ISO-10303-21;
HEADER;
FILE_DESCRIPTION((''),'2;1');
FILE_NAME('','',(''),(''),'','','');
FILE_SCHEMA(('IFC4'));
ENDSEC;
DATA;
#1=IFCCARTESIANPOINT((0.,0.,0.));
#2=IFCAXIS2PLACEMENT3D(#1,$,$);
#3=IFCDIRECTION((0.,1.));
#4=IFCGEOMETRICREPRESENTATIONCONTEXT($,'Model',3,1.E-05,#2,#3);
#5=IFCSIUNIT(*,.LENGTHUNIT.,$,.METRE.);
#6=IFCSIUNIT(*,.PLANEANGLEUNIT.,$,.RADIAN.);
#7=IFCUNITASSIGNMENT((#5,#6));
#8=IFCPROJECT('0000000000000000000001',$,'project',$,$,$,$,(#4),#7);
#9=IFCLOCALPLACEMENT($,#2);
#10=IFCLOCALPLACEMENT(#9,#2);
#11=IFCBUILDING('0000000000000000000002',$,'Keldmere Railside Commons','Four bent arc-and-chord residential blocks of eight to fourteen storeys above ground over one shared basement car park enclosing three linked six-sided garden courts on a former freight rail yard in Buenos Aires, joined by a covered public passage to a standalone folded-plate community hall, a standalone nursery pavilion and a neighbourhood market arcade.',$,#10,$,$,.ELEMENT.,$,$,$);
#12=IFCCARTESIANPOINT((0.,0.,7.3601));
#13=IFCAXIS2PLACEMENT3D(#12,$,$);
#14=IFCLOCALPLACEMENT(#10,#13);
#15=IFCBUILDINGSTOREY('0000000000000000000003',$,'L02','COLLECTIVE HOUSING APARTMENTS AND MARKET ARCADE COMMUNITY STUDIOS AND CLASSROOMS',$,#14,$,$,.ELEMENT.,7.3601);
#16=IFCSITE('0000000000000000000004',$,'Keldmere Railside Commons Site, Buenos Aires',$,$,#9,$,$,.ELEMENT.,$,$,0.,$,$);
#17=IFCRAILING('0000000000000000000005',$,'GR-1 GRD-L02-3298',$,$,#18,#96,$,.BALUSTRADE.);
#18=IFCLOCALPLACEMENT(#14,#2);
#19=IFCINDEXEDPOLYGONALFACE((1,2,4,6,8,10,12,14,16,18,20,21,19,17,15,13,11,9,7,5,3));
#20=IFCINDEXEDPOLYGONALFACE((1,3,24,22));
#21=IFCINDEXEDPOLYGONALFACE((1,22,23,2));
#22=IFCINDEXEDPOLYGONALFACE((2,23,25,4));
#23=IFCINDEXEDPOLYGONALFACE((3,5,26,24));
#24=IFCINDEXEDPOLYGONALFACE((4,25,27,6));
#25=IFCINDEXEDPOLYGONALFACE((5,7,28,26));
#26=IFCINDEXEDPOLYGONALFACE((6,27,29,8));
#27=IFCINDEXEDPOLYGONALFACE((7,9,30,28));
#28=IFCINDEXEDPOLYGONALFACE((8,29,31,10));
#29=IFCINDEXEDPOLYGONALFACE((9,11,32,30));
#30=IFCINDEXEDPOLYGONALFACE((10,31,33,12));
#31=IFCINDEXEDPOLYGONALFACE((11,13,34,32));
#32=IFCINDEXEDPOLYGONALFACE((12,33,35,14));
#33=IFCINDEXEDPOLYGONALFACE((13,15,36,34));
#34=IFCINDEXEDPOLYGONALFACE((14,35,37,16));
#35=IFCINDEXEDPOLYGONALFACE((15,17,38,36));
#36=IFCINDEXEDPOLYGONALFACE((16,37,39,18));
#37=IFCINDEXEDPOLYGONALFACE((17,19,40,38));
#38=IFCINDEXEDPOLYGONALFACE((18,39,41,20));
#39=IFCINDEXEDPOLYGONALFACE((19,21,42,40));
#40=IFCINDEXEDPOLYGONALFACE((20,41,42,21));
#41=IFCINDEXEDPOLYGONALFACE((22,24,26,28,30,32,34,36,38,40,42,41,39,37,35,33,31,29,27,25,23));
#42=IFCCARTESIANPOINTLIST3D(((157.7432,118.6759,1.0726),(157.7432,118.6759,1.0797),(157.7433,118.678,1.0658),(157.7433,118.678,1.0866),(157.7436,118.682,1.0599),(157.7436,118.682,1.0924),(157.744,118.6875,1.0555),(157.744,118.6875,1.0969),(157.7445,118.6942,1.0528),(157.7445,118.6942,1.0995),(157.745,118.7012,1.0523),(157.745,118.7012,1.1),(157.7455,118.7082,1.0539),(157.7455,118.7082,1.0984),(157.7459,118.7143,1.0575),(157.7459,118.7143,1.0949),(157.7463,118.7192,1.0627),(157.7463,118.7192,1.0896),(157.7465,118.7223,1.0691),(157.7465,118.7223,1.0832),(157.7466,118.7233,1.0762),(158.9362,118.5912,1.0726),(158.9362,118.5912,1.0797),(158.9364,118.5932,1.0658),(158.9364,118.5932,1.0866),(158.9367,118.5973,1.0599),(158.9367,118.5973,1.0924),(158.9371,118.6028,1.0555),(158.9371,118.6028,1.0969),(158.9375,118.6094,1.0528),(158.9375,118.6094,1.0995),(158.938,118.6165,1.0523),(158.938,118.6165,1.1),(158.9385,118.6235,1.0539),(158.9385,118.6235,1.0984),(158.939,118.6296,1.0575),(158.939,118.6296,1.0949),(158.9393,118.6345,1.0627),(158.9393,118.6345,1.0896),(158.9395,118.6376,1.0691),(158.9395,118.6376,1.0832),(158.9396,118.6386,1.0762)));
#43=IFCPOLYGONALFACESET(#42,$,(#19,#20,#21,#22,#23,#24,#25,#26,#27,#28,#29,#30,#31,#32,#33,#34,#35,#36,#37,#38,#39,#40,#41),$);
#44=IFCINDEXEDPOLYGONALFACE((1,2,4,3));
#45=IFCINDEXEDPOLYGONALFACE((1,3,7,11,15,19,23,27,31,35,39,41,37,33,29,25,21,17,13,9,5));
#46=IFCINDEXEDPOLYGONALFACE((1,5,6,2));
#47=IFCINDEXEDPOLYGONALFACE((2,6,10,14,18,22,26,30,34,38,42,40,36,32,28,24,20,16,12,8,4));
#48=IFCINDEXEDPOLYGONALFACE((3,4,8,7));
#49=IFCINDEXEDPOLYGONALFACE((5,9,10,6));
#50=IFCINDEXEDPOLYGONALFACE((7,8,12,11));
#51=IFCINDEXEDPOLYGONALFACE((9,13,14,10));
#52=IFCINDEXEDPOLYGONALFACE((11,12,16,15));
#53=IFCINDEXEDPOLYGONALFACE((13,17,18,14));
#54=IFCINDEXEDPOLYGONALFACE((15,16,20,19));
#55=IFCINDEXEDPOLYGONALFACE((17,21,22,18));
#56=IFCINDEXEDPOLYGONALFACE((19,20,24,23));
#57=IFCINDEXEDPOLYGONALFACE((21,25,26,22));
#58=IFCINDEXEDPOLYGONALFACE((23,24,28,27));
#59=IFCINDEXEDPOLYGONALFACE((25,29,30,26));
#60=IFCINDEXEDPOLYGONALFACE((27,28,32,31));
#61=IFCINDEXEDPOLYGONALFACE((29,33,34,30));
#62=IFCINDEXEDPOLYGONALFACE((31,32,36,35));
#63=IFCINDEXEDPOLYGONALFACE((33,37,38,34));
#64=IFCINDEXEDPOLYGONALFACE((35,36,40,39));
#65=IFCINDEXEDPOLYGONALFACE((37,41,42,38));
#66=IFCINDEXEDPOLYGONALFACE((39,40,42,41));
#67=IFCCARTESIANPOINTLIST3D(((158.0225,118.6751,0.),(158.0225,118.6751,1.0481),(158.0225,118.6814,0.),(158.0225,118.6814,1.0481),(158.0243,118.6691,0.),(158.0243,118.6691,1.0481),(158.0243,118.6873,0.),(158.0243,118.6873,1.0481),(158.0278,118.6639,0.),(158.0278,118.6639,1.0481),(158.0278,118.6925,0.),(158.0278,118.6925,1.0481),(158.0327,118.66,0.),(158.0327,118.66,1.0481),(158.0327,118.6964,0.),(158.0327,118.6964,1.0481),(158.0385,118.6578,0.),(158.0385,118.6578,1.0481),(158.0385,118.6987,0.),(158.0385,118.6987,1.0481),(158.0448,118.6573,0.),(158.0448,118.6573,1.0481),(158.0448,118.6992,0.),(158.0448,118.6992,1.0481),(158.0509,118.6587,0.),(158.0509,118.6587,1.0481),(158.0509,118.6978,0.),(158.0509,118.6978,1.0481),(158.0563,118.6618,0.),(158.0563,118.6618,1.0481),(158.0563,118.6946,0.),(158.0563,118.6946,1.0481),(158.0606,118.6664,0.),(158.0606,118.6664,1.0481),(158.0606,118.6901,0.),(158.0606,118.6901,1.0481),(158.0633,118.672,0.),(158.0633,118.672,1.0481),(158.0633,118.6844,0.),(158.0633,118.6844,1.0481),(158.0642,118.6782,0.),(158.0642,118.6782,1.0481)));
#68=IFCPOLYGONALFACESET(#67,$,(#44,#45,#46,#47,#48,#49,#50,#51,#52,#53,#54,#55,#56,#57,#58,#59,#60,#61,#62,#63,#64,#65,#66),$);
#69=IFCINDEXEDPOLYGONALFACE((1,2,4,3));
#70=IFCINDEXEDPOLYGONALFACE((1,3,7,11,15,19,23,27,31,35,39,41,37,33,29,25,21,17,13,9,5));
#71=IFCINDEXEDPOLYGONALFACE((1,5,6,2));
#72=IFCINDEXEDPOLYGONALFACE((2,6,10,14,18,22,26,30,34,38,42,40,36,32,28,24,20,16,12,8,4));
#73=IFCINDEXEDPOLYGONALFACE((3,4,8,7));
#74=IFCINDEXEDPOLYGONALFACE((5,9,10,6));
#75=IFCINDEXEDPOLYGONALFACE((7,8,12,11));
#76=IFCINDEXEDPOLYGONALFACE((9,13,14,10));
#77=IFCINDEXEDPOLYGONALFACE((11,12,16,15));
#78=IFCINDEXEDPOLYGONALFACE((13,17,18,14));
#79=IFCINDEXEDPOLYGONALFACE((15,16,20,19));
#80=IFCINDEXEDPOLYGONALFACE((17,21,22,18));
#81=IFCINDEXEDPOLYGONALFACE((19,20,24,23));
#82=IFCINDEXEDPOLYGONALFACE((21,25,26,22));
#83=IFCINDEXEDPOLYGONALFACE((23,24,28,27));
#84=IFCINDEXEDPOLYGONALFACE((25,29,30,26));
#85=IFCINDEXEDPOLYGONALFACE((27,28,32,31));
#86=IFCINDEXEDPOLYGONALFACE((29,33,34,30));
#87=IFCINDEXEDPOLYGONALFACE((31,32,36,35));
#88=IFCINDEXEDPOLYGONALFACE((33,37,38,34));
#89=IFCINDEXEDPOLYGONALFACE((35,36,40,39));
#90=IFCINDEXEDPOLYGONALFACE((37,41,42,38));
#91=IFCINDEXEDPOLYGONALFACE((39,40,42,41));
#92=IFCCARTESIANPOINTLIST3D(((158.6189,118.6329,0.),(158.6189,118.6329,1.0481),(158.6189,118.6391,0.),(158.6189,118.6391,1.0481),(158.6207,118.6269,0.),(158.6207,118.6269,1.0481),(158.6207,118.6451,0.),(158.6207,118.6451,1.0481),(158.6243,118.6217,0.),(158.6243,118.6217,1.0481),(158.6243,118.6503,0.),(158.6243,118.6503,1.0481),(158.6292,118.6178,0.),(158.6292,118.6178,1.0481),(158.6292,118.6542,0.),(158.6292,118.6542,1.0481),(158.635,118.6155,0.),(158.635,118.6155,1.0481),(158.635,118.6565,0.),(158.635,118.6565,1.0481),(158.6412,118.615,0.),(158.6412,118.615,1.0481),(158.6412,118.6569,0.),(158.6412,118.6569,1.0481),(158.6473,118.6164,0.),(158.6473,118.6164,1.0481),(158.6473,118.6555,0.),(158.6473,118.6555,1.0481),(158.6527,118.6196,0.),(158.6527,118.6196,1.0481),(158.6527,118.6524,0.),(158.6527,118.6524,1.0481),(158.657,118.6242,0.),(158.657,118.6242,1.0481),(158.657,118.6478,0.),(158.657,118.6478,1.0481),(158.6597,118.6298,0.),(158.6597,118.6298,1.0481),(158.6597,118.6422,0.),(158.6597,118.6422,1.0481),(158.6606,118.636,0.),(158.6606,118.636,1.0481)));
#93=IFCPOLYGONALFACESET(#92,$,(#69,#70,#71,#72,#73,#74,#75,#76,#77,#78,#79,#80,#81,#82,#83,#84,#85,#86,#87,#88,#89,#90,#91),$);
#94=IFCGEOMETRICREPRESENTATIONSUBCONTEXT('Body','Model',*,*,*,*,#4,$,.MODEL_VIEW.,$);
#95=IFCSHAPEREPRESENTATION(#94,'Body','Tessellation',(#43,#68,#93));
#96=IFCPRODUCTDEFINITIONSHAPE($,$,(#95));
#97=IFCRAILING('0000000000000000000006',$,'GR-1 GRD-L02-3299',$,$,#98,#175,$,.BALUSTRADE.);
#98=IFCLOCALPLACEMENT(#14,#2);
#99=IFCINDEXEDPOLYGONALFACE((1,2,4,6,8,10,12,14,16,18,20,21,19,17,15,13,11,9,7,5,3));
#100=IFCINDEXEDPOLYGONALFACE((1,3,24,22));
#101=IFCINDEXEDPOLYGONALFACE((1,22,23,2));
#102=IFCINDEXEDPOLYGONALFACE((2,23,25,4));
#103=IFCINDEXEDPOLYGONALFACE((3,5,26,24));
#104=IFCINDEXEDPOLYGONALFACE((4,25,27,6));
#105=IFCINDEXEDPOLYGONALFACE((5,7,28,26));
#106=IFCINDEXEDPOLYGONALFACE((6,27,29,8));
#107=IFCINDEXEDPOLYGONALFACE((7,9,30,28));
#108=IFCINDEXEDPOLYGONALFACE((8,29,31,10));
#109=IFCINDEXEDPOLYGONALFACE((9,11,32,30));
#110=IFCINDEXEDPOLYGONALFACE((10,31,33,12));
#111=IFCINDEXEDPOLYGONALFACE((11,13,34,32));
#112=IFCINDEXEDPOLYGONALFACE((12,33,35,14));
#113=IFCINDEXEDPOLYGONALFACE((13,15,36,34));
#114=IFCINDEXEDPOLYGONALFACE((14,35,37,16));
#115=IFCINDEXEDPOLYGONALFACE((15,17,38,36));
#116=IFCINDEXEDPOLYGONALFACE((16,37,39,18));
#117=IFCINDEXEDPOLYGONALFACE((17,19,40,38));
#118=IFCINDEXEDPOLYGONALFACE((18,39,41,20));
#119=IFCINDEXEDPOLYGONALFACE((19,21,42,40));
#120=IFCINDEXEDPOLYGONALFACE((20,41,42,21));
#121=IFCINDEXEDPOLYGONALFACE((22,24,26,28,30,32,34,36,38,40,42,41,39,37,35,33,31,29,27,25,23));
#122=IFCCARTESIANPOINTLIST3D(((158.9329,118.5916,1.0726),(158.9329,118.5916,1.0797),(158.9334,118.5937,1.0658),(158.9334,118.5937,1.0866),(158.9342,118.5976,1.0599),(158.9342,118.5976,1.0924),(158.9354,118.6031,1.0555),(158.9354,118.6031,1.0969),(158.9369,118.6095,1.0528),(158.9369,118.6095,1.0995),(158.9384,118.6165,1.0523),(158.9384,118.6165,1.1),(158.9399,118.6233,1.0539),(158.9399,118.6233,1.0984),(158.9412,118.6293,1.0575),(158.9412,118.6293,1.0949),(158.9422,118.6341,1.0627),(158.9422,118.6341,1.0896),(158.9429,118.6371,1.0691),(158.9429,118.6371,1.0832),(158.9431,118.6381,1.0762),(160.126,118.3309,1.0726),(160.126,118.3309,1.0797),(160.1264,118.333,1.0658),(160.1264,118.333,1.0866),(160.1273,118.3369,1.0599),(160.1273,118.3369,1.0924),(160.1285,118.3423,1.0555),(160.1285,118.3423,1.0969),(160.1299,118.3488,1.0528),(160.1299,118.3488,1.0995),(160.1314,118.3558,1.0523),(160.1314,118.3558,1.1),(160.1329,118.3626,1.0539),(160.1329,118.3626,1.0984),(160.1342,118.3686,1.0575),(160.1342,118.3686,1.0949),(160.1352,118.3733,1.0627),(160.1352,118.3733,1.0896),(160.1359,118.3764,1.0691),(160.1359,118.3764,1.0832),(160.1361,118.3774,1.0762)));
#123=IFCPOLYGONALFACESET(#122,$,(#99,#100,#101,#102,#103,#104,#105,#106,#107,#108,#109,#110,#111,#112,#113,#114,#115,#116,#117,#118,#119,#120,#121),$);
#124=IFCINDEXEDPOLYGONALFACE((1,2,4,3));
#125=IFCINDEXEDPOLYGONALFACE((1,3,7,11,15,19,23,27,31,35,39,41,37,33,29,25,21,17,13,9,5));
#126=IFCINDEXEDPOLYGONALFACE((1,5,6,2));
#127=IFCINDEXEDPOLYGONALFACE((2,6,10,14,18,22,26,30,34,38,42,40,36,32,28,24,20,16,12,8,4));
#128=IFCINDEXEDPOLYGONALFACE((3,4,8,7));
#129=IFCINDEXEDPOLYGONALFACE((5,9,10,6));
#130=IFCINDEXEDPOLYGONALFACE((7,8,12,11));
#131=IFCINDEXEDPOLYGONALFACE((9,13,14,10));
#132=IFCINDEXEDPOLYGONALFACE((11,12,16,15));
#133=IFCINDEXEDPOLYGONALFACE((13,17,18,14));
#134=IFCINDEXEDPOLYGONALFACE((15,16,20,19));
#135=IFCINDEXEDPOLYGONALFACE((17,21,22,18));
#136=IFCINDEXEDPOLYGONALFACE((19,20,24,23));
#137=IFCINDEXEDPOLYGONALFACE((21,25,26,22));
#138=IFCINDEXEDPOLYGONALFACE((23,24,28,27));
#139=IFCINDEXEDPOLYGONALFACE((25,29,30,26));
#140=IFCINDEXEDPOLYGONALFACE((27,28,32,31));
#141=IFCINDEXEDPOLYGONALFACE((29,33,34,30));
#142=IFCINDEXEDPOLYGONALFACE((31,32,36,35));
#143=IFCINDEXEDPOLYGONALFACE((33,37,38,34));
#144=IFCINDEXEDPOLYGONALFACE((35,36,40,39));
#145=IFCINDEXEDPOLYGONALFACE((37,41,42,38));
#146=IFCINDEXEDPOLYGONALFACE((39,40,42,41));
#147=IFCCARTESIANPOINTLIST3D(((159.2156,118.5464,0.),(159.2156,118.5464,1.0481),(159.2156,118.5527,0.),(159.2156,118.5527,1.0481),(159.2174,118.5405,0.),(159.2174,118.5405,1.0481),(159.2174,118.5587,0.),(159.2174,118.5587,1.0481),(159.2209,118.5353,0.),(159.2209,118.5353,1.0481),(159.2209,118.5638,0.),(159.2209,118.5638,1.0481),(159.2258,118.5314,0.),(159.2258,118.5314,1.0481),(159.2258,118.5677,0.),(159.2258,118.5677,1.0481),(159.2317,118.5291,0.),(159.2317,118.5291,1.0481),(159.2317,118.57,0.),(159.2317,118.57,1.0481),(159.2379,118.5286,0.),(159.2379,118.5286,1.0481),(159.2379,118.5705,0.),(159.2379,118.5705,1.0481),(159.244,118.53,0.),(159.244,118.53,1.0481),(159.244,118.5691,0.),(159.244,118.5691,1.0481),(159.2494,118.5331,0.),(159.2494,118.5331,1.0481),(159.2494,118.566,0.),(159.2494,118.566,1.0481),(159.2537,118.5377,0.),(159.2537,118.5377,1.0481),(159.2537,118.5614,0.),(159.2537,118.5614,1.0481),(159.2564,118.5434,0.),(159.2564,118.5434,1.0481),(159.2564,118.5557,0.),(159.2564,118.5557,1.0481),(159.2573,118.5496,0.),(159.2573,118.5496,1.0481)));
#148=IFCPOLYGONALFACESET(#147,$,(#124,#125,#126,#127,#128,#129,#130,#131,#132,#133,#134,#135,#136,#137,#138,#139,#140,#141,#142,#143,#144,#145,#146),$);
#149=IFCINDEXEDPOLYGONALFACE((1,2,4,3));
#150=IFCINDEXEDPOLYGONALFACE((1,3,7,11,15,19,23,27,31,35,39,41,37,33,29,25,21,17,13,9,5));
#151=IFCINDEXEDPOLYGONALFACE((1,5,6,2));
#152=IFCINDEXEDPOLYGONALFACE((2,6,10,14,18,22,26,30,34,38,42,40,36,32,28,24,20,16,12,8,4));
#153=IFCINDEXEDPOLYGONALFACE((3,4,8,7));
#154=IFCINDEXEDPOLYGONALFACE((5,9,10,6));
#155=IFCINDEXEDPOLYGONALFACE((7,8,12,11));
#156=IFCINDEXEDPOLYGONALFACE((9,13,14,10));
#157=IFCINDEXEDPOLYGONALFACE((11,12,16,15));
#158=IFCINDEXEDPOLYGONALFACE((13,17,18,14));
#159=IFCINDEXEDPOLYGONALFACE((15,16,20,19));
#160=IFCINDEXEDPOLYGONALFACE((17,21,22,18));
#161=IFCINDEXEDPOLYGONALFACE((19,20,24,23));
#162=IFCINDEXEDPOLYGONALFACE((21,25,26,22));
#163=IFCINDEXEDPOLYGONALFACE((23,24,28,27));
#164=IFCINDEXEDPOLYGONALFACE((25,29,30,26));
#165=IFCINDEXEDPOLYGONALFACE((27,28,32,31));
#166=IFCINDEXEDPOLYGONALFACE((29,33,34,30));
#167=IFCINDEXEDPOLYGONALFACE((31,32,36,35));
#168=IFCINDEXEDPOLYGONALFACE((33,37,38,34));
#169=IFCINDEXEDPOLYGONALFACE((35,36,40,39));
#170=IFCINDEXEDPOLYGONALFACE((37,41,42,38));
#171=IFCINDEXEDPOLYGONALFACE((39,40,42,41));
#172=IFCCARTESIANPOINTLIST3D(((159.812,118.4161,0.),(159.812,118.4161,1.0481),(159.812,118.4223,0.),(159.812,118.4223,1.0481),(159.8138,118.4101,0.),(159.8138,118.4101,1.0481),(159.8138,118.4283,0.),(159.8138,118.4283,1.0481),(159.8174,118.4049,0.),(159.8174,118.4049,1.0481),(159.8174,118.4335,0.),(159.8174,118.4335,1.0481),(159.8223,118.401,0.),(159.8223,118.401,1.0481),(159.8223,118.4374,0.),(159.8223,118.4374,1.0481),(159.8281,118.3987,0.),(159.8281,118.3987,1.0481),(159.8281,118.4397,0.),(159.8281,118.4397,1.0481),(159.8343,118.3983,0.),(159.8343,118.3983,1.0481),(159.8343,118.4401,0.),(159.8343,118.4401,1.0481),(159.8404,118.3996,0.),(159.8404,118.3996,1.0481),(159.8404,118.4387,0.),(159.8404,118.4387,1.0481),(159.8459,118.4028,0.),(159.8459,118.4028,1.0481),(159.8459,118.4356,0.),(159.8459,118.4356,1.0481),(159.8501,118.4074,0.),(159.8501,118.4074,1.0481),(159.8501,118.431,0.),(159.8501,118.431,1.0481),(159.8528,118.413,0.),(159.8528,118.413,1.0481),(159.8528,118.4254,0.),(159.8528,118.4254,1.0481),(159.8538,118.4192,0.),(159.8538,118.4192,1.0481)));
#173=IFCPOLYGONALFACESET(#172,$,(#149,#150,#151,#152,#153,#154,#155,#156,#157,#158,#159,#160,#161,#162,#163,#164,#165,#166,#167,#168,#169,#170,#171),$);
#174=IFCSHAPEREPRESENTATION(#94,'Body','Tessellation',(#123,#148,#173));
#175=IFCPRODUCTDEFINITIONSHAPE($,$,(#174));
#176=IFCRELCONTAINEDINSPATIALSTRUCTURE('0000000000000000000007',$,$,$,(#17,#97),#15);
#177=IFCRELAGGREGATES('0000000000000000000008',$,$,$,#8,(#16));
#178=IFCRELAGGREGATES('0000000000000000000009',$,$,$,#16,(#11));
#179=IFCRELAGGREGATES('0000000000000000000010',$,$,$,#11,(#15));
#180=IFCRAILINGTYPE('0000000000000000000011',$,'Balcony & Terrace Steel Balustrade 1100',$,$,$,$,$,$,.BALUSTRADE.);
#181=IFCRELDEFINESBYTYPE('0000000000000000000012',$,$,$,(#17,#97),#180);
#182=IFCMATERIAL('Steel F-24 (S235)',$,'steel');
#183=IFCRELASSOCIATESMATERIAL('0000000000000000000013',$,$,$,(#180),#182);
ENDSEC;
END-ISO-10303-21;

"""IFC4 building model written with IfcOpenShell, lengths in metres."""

from ifc_helpers import new_model, si_unit, direction, frame, origin, origin_2d, place, context, subcontext, project, spatial, circle, extrude, material, type_object, element, save


model = new_model("IFC4")

# Units and contexts
model_context = context("Model", 3, precision=1e-05, world=origin(), true_north=direction((0.0, 1.0)))
body_context = subcontext(model_context, "Body", "Model", "MODEL_VIEW")
ifc_project = project(units=[si_unit("LENGTHUNIT", "METRE"), si_unit("PLANEANGLEUNIT", "RADIAN")], contexts=[model_context])

# Site, building, storey
site_placement = place(None, origin())
site = spatial("IfcSite", under=ifc_project, at=site_placement, Name="Keldmere Railside Commons Site, Buenos Aires", CompositionType="ELEMENT", RefElevation=0.0)
building_placement = place(site_placement, origin())
building = spatial("IfcBuilding", under=site, at=building_placement, Name="Keldmere Railside Commons", Description="Four bent arc-and-chord residential blocks of eight to fourteen storeys above ground over one shared basement car park enclosing three linked six-sided garden courts on a former freight rail yard in Buenos Aires, joined by a covered public passage to a standalone folded-plate community hall, a standalone nursery pavilion and a neighbourhood market arcade.", CompositionType="ELEMENT")
storey_placement = place(building_placement, frame((0.0, 0.0, 7.3601)))
storey = spatial("IfcBuildingStorey", under=building, at=storey_placement, Name="L02", Description="COLLECTIVE HOUSING APARTMENTS AND MARKET ARCADE COMMUNITY STUDIOS AND CLASSROOMS", CompositionType="ELEMENT", Elevation=7.3601)

# Railings
ifc_material_1 = material(Name="Steel F-24 (S235)", Category="steel")
railing_type = type_object("IfcRailingType", Name="Balcony & Terrace Steel Balustrade 1100", PredefinedType="BALUSTRADE", material=ifc_material_1)
railing_1_placement = place(storey_placement, frame((157.7449, 118.6995, 0.0)))
element("IfcRailing", 1, at=railing_1_placement, inside=storey, type_object=railing_type, Name="GR-1 GRD-L02-3298", PredefinedType="BALUSTRADE", context=body_context, shape_type="SweptSolid", body=[
    extrude(circle(Radius=0.0239, at=origin_2d()), frame((0.0, 0.0, 1.0762), z_axis=(0.997489, -0.070826, 0.0), x_axis=(0.070826, 0.997489, 0.0)), (0.0, 0.0, 1.0), 1.196),
    extrude(circle(Radius=0.021, at=origin_2d()), frame((0.2983, -0.0212, 0.0)), (0.0, 0.0, 1.0), 1.0481),
    extrude(circle(Radius=0.021, at=origin_2d()), frame((0.8948, -0.0635, 0.0)), (0.0, 0.0, 1.0), 1.0481),
])
railing_2_placement = place(storey_placement, frame((158.938, 118.6147, 0.0)))
element("IfcRailing", 2, at=railing_2_placement, inside=storey, type_object=railing_type, Name="GR-1 GRD-L02-3299", PredefinedType="BALUSTRADE", context=body_context, shape_type="SweptSolid", body=[
    extrude(circle(Radius=0.0239, at=origin_2d()), frame((0.0, 0.0, 1.0762), z_axis=(0.976943, -0.2135, 0.0), x_axis=(0.2135, 0.976943, 0.0)), (0.0, 0.0, 1.0), 1.2212),
    extrude(circle(Radius=0.021, at=origin_2d()), frame((0.2983, -0.0652, 0.0)), (0.0, 0.0, 1.0), 1.0481),
    extrude(circle(Radius=0.021, at=origin_2d()), frame((0.8948, -0.1956, 0.0)), (0.0, 0.0, 1.0), 1.0481),
])

save(model, "model.ifc")
